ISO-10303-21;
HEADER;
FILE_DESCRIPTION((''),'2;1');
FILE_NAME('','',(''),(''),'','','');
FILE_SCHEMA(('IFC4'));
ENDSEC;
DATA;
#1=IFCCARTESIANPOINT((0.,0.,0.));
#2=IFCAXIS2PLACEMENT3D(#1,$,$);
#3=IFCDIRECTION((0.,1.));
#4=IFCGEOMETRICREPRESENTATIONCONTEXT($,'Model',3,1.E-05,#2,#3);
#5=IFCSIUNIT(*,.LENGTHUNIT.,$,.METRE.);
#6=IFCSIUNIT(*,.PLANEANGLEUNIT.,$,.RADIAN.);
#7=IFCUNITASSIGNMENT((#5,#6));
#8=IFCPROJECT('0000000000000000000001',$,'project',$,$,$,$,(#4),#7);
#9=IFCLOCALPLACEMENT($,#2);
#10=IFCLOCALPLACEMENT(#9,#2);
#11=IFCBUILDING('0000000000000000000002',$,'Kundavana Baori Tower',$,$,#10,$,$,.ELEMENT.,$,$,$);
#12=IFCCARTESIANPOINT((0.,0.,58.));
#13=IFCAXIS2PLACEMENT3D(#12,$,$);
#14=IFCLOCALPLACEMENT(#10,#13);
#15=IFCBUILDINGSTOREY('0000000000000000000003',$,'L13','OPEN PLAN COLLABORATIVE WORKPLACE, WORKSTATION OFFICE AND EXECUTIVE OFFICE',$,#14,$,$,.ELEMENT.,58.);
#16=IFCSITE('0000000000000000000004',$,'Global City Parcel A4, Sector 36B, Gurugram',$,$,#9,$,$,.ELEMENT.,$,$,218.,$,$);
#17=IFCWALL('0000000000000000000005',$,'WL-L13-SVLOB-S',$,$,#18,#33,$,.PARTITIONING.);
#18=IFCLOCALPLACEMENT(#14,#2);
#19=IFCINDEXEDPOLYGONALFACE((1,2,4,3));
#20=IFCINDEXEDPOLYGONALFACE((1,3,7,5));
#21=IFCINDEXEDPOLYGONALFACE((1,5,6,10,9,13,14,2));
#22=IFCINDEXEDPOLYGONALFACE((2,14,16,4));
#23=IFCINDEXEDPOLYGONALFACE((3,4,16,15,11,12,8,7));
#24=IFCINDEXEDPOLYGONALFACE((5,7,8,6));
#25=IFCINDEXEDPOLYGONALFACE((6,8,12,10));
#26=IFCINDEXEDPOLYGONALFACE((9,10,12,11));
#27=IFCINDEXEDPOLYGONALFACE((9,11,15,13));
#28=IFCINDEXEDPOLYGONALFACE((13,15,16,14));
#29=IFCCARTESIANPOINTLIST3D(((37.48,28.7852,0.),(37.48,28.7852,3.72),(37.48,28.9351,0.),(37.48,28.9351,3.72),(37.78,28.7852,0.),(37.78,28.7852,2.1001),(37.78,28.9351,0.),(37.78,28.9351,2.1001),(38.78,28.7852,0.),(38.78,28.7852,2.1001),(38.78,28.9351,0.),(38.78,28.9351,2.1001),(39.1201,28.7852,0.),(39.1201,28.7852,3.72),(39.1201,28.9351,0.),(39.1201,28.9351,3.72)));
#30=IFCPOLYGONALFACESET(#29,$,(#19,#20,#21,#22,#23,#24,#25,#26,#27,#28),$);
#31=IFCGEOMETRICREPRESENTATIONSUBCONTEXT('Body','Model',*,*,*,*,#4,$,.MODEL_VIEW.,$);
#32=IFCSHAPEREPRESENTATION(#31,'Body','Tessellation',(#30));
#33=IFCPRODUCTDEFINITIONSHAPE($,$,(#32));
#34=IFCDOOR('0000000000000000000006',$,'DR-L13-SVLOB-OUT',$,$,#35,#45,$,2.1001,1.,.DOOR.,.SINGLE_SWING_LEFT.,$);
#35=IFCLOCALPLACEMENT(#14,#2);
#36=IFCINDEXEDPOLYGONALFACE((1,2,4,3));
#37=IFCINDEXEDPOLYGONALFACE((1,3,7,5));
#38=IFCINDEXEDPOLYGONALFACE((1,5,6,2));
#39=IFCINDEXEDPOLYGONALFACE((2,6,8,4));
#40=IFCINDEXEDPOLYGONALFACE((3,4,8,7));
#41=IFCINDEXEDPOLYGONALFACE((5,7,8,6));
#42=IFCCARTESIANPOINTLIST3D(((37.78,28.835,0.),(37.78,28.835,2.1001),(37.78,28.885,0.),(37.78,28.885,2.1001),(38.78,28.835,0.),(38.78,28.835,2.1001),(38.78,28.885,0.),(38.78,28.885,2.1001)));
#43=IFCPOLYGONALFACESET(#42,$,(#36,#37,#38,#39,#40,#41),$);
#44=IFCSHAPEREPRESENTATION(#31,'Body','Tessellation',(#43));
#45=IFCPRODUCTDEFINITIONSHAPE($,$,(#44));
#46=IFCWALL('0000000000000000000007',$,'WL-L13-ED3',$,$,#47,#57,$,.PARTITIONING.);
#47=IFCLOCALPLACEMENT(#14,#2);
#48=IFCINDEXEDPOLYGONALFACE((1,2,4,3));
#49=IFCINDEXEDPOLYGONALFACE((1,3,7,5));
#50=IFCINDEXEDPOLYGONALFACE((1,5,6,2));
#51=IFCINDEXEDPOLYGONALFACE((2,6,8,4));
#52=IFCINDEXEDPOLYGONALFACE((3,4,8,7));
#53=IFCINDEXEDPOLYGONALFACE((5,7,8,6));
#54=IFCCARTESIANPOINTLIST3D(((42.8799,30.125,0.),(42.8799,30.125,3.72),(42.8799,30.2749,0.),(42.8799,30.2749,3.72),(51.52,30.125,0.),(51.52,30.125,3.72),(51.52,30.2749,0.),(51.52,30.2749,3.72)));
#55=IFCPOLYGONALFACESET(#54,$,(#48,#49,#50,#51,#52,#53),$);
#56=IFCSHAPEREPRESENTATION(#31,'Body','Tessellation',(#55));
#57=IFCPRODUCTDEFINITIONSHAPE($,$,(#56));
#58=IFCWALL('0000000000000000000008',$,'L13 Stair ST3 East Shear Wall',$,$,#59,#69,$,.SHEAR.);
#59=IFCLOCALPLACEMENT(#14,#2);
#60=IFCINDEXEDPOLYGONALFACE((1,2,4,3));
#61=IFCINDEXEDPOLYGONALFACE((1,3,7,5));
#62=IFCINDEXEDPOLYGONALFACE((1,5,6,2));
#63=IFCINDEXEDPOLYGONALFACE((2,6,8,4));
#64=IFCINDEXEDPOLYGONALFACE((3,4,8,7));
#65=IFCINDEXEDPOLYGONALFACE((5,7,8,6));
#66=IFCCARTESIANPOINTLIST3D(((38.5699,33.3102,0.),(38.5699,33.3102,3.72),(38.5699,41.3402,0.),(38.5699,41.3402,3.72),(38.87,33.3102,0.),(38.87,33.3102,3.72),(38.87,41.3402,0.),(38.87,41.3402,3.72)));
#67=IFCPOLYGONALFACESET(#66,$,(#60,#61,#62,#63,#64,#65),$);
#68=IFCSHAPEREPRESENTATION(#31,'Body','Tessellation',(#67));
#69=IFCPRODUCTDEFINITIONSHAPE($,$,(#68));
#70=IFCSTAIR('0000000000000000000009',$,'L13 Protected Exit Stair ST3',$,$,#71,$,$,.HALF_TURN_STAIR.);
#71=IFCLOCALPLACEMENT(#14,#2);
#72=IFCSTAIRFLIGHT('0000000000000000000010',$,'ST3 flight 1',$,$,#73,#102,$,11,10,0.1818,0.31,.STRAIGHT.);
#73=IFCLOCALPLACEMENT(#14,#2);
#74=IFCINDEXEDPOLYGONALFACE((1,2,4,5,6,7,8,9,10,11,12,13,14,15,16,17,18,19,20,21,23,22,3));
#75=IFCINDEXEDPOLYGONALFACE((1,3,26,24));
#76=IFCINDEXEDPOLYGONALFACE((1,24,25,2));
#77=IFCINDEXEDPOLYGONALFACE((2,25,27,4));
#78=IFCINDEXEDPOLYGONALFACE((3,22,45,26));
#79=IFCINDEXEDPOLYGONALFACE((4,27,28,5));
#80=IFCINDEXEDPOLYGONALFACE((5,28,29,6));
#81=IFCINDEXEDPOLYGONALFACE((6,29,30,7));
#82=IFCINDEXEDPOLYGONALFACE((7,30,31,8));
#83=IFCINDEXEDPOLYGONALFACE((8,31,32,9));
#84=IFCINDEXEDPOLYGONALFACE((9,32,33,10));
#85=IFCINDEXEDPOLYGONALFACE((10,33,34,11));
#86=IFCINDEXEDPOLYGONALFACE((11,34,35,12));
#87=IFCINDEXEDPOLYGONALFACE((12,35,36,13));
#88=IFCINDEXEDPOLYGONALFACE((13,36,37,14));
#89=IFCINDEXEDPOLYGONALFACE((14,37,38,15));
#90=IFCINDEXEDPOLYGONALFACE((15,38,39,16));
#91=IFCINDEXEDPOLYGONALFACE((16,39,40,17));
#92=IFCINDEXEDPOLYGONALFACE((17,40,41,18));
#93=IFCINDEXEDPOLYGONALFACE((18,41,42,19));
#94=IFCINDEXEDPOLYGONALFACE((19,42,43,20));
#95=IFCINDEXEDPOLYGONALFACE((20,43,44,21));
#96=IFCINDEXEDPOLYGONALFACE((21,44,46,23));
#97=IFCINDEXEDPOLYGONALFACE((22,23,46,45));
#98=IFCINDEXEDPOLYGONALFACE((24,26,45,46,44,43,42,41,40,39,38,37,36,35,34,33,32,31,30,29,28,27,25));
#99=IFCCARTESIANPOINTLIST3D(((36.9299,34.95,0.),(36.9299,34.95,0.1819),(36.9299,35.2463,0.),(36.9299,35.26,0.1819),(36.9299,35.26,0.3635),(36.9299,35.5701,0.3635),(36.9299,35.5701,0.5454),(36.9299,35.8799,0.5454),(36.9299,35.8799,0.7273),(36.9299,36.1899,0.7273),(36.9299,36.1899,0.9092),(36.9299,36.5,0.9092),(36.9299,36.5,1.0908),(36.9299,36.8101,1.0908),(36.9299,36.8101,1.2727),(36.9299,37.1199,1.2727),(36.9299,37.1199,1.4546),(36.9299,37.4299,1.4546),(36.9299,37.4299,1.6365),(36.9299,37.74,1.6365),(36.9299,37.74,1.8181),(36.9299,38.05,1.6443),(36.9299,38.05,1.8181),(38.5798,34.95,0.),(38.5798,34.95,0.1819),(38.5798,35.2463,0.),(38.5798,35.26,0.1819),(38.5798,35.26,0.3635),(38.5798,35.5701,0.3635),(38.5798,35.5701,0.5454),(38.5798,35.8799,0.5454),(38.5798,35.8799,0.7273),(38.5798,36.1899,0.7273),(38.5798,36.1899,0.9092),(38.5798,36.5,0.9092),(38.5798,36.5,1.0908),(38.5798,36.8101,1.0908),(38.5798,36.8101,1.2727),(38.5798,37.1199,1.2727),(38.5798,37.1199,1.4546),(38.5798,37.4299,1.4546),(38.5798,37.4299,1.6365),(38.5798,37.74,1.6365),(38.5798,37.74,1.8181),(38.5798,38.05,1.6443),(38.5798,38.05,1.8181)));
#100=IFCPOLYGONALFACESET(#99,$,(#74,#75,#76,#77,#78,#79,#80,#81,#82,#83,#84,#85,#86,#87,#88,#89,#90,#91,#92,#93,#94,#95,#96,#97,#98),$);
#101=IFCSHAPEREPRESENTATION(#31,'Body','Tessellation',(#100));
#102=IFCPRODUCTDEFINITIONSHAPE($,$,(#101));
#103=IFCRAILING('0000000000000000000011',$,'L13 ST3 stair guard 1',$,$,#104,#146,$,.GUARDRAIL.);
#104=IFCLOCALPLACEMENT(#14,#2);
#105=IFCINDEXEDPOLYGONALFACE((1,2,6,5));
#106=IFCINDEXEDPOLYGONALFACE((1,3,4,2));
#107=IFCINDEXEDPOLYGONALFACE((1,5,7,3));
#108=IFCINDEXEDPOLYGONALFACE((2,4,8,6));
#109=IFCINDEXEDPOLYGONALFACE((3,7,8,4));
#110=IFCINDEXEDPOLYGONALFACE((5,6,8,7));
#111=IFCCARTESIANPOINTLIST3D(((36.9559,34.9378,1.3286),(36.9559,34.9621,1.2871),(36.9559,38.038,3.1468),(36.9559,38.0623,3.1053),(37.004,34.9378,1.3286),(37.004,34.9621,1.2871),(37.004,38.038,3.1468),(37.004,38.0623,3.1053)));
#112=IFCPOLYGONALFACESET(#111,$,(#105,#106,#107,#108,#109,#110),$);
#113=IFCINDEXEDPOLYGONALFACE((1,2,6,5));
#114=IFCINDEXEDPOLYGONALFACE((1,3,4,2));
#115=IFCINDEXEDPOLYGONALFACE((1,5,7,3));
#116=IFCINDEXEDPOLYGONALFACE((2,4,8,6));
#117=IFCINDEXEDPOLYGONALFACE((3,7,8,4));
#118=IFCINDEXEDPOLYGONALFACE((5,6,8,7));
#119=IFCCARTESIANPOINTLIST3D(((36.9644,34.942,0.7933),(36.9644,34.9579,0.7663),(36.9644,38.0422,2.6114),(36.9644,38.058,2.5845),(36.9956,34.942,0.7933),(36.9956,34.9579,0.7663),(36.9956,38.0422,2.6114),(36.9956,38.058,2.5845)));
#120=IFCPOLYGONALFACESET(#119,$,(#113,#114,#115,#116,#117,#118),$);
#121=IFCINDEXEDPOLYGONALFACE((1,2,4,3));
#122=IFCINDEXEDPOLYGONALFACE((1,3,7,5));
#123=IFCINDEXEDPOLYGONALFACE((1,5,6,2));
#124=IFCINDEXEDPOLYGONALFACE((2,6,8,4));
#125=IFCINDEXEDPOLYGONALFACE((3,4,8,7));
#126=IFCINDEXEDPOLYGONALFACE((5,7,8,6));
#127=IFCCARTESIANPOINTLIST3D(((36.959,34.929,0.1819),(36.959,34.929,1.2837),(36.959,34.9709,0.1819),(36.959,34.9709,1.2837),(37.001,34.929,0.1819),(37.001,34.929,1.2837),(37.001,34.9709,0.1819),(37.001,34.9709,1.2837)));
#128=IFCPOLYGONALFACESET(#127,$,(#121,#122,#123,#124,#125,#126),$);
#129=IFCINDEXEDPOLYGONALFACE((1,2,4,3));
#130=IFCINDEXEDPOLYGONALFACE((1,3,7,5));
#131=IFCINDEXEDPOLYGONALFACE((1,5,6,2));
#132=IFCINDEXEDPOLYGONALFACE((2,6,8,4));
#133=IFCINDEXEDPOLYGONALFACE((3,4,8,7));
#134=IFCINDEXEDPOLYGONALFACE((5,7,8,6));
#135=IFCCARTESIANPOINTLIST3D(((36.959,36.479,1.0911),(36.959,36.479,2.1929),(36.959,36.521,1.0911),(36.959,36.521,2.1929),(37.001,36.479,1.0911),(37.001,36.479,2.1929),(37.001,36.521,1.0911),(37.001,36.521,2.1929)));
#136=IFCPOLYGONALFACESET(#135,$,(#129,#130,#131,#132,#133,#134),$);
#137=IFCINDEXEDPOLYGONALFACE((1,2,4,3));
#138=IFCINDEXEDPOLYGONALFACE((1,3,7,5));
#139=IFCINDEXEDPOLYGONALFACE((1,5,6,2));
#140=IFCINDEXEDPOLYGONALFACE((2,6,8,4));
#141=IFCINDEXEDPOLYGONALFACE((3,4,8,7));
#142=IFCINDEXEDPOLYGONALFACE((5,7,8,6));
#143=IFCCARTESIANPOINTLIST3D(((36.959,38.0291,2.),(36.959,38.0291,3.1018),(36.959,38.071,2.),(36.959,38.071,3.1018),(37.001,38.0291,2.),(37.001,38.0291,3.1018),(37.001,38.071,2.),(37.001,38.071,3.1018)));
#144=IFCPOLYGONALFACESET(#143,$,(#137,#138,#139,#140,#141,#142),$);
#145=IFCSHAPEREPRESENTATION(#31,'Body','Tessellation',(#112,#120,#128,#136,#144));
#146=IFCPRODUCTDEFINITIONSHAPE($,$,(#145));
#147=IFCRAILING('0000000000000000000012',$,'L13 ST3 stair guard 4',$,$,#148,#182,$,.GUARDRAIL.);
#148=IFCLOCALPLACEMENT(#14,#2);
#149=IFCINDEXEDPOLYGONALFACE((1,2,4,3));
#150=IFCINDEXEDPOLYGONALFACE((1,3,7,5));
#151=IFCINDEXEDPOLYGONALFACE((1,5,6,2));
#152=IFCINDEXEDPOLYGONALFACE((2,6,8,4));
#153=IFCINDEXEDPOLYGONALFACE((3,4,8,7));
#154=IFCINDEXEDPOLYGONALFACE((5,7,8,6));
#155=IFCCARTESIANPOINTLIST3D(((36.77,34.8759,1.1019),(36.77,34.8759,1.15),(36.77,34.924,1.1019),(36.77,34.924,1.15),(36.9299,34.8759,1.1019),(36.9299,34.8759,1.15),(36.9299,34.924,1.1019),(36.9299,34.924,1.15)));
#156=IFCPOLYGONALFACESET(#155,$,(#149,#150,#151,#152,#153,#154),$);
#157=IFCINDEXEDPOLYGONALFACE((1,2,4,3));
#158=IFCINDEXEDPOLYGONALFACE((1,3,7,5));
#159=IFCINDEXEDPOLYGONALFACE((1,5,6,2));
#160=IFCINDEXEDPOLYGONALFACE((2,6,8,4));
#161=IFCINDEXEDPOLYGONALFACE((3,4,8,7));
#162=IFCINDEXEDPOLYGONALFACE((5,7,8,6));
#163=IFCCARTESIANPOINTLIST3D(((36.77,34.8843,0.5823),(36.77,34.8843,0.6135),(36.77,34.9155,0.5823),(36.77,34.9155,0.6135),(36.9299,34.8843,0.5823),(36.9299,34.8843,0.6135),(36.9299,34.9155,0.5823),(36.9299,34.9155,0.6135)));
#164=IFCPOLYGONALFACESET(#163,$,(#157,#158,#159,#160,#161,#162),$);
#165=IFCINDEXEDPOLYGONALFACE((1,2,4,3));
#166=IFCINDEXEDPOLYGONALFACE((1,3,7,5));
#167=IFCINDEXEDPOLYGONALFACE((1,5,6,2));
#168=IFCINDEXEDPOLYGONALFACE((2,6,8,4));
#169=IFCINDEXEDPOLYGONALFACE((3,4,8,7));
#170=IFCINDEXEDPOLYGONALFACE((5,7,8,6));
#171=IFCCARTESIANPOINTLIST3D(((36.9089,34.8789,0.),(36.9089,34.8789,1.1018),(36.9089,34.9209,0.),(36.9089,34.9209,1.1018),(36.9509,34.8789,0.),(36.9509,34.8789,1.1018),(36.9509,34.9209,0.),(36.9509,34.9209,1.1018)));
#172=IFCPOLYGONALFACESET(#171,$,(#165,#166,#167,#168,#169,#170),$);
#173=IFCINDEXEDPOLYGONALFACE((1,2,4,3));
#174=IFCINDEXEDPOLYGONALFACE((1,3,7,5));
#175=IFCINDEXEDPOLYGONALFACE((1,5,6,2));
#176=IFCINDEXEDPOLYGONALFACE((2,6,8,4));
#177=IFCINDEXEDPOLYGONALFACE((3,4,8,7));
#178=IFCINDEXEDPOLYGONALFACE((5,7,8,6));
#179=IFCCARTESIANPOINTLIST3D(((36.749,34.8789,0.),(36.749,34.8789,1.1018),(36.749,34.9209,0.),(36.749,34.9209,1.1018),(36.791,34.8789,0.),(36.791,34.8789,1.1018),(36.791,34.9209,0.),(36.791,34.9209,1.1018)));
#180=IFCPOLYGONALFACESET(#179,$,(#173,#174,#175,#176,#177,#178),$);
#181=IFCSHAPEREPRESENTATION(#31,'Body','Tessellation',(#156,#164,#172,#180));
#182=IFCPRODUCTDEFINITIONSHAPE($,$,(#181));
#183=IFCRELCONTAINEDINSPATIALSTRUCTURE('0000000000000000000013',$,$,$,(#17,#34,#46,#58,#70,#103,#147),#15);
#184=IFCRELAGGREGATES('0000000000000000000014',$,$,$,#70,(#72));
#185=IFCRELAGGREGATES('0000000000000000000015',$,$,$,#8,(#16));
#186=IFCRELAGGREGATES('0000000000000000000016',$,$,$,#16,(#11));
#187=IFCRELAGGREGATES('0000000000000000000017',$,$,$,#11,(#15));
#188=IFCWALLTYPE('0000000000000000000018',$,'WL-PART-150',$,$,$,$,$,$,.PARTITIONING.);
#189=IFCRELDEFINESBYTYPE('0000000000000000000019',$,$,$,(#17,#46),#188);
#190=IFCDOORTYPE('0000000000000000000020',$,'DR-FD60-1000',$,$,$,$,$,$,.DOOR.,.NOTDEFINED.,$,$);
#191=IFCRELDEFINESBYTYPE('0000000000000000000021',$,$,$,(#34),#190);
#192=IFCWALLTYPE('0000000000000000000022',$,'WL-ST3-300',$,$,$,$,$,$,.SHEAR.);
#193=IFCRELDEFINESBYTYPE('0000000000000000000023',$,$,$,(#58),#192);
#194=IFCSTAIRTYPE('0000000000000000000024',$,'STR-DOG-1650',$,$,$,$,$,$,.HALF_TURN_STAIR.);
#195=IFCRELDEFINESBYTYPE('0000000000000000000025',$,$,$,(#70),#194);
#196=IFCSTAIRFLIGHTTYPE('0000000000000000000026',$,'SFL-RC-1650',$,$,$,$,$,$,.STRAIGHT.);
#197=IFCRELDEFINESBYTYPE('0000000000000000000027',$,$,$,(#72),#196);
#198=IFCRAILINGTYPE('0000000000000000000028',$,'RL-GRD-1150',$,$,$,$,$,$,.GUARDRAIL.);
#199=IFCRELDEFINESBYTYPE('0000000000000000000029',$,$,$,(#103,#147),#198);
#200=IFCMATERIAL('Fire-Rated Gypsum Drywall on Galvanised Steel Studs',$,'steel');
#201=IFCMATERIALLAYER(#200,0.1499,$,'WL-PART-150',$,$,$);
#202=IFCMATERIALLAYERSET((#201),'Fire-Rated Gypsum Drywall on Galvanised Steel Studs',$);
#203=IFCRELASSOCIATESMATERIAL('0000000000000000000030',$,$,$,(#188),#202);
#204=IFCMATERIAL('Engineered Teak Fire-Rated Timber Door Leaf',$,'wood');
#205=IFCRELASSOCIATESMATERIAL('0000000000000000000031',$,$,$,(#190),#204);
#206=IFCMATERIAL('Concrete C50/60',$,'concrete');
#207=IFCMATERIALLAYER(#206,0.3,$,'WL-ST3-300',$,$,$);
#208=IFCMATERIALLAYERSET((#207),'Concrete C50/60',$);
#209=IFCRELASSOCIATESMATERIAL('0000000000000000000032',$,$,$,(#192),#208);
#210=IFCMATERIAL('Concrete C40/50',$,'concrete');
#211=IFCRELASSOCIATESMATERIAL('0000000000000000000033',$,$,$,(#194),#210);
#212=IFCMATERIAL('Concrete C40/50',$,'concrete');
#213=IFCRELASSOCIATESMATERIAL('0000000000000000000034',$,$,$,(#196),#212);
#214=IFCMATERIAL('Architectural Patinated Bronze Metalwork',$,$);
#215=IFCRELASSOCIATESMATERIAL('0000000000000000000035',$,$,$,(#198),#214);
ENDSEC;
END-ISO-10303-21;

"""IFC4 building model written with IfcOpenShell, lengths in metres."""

from ifc_helpers import new_model, si_unit, direction, frame, frame_2d, origin, origin_2d, place, context, subcontext, project, spatial, polyline, rectangle, outline, extrude, material, layer, layer_set, type_object, element, fill, aggregate, save


model = new_model("IFC4")

# Units and contexts
model_context = context("Model", 3, precision=1e-05, world=origin(), true_north=direction((0.0, 1.0)))
body_context = subcontext(model_context, "Body", "Model", "MODEL_VIEW")
ifc_project = project(units=[si_unit("LENGTHUNIT", "METRE"), si_unit("PLANEANGLEUNIT", "RADIAN")], contexts=[model_context])

# Site, building, storey
site_placement = place(None, origin())
site = spatial("IfcSite", under=ifc_project, at=site_placement, Name="Global City Parcel A4, Sector 36B, Gurugram", CompositionType="ELEMENT", RefElevation=218.0)
building_placement = place(site_placement, origin())
building = spatial("IfcBuilding", under=site, at=building_placement, Name="Kundavana Baori Tower", CompositionType="ELEMENT")
storey_placement = place(building_placement, frame((0.0, 0.0, 58.0)))
storey = spatial("IfcBuildingStorey", under=building, at=storey_placement, Name="L13", Description="OPEN PLAN COLLABORATIVE WORKPLACE, WORKSTATION OFFICE AND EXECUTIVE OFFICE", CompositionType="ELEMENT", Elevation=58.0)

# Shared definitions
ifc_material_1 = material(Name="Fire-Rated Gypsum Drywall on Galvanised Steel Studs", Category="steel")
ifc_layer_1 = layer(ifc_material_1, 0.1499, Name="WL-PART-150")
ifc_layer_set_1 = layer_set([ifc_layer_1], Name="Fire-Rated Gypsum Drywall on Galvanised Steel Studs")
wall_type_1 = type_object("IfcWallType", Name="WL-PART-150", PredefinedType="PARTITIONING", material=ifc_layer_set_1)

# Wall, opening, door
wall_1_placement = place(storey_placement, frame((37.48, 28.8601, 0.0), z_axis=(0.0, 0.0, 1.0), x_axis=(1.0, 0.0, 0.0)))
wall_1 = element("IfcWall", 1, at=wall_1_placement, inside=storey, type_object=wall_type_1, Name="WL-L13-SVLOB-S", PredefinedType="PARTITIONING", context=body_context, shape_type="SweptSolid", body=[
    extrude(rectangle(XDim=1.6401, YDim=0.1499, at=frame_2d((0.8201, 0.0))), origin(), (0.0, 0.0, 1.0), 3.72),
])
opening_1_placement = place(wall_1_placement, frame((0.3, 0.0, 0.0)))
opening_1 = element("IfcOpeningElement", 2, at=opening_1_placement, cuts=wall_1, PredefinedType="OPENING", context=body_context, shape_type="SweptSolid", body=[
    extrude(rectangle(XDim=1.0, YDim=2.1001, at=frame_2d((0.5, 1.05))), frame((0.0, 0.085, 0.0), z_axis=(0.0, -1.0, 0.0), x_axis=(1.0, 0.0, 0.0)), (0.0, 0.0, 1.0), 0.1699),
])
ifc_material_2 = material(Name="Engineered Teak Fire-Rated Timber Door Leaf", Category="wood")
door_type_1 = type_object("IfcDoorType", Name="DR-FD60-1000", OperationType="NOTDEFINED", PredefinedType="DOOR", material=ifc_material_2)
door_1_placement = place(opening_1_placement, origin())
door_1 = element("IfcDoor", 3, at=door_1_placement, inside=storey, type_object=door_type_1, Name="DR-L13-SVLOB-OUT", OperationType="SINGLE_SWING_LEFT", OverallHeight=2.1001, OverallWidth=1.0, PredefinedType="DOOR", context=body_context, shape_type="SweptSolid", body=[
    extrude(rectangle(XDim=1.0, YDim=2.1001, at=frame_2d((0.5, 1.05))), frame((0.0, 0.0249, 0.0), z_axis=(0.0, -1.0, 0.0), x_axis=(1.0, 0.0, 0.0)), (0.0, 0.0, 1.0), 0.05),
])
fill(opening_1, door_1)

# Wall
wall_2_placement = place(storey_placement, frame((42.8799, 30.2, 0.0), z_axis=(0.0, 0.0, 1.0), x_axis=(1.0, 0.0, 0.0)))
element("IfcWall", 4, at=wall_2_placement, inside=storey, type_object=wall_type_1, Name="WL-L13-ED3", PredefinedType="PARTITIONING", context=body_context, shape_type="SweptSolid", body=[
    extrude(rectangle(XDim=8.6401, YDim=0.1499, at=frame_2d((4.3201, 0.0))), origin(), (0.0, 0.0, 1.0), 3.72),
])

# Wall
ifc_material_3 = material(Name="Concrete C50/60", Category="concrete")
ifc_layer_2 = layer(ifc_material_3, 0.3, Name="WL-ST3-300")
ifc_layer_set_2 = layer_set([ifc_layer_2], Name="Concrete C50/60")
wall_type_2 = type_object("IfcWallType", Name="WL-ST3-300", PredefinedType="SHEAR", material=ifc_layer_set_2)
wall_3_placement = place(storey_placement, frame((38.72, 33.3101, 0.0), z_axis=(0.0, 0.0, 1.0), x_axis=(0.0, 1.0, 0.0)))
element("IfcWall", 5, at=wall_3_placement, inside=storey, type_object=wall_type_2, Name="L13 Stair ST3 East Shear Wall", PredefinedType="SHEAR", context=body_context, shape_type="SweptSolid", body=[
    extrude(rectangle(XDim=8.03, YDim=0.3, at=frame_2d((4.0151, 0.0))), origin(), (0.0, 0.0, 1.0), 3.72),
])

# Stair, stair flight
ifc_material_4 = material(Name="Concrete C40/50", Category="concrete")
stair_type = type_object("IfcStairType", Name="STR-DOG-1650", PredefinedType="HALF_TURN_STAIR", material=ifc_material_4)
stair_placement = place(storey_placement, origin())
stair = element("IfcStair", 6, at=stair_placement, inside=storey, type_object=stair_type, Name="L13 Protected Exit Stair ST3", PredefinedType="HALF_TURN_STAIR")
ifc_material_5 = material(Name="Concrete C40/50", Category="concrete")
stair_flight_type = type_object("IfcStairFlightType", Name="SFL-RC-1650", PredefinedType="STRAIGHT", material=ifc_material_5)
stair_flight_placement = place(storey_placement, frame((37.7549, 34.95, 0.0), z_axis=(0.0, 0.0, 1.0), x_axis=(0.0, 1.0, 0.0)))
stair_flight = element("IfcStairFlight", 7, at=stair_flight_placement, type_object=stair_flight_type, Name="ST3 flight 1", NumberOfRisers=11, NumberOfTreads=10, PredefinedType="STRAIGHT", RiserHeight=0.1818, TreadLength=0.31, context=body_context, shape_type="SweptSolid", body=[
    extrude(outline(polyline([(0.0, 0.0), (0.0, 0.1819), (0.3101, 0.1819), (0.3101, 0.3635), (0.6201, 0.3635), (0.6201, 0.5454), (0.9299, 0.5454), (0.9299, 0.7273), (1.24, 0.7273), (1.24, 0.9092), (1.55, 0.9092), (1.55, 1.0908), (1.8601, 1.0908), (1.8601, 1.2727), (2.1699, 1.2727), (2.1699, 1.4546), (2.48, 1.4546), (2.48, 1.6365), (2.79, 1.6365), (2.79, 1.8181), (3.1001, 1.8181), (3.1001, 2.0), (3.1001, 1.6443), (0.2964, 0.0), (0.0, 0.0)])), frame((0.0, 0.825, 0.0), z_axis=(0.0, -1.0, 0.0), x_axis=(1.0, 0.0, 0.0)), (0.0, 0.0, 1.0), 1.6499),
])
aggregate(stair, [stair_flight])

# Railings
ifc_material_6 = material(Name="Architectural Patinated Bronze Metalwork")
railing_type_1 = type_object("IfcRailingType", Name="RL-GRD-1150", PredefinedType="GUARDRAIL", material=ifc_material_6)
railing_1_placement = place(storey_placement, frame((36.98, 34.95, 0.1819)))
element("IfcRailing", 8, at=railing_1_placement, inside=storey, type_object=railing_type_1, Name="L13 ST3 stair guard 1", PredefinedType="GUARDRAIL", context=body_context, shape_type="SweptSolid", body=[
    extrude(rectangle(XDim=0.0481, YDim=0.0481, at=origin_2d()), frame((0.0, 0.0, 1.126), z_axis=(0.0, 0.862599, 0.505889), x_axis=(-1.0, 0.0, 0.0)), (0.0, 0.0, 1.0), 3.594),
    extrude(rectangle(XDim=0.0312, YDim=0.0312, at=origin_2d()), frame((0.0, 0.0, 0.5979), z_axis=(0.0, 0.862599, 0.505889), x_axis=(-1.0, 0.0, 0.0)), (0.0, 0.0, 1.0), 3.594),
    extrude(rectangle(XDim=0.042, YDim=0.042, at=origin_2d()), origin(), (0.0, 0.0, 1.0), 1.1018),
    extrude(rectangle(XDim=0.042, YDim=0.042, at=origin_2d()), frame((0.0, 1.55, 0.9092)), (0.0, 0.0, 1.0), 1.1018),
    extrude(rectangle(XDim=0.042, YDim=0.042, at=origin_2d()), frame((0.0, 3.1001, 1.8181)), (0.0, 0.0, 1.0), 1.1018),
])
railing_2_placement = place(storey_placement, frame((36.9299, 34.8999, 0.0)))
element("IfcRailing", 9, at=railing_2_placement, inside=storey, type_object=railing_type_1, Name="L13 ST3 stair guard 4", PredefinedType="GUARDRAIL", context=body_context, shape_type="SweptSolid", body=[
    extrude(rectangle(XDim=0.0481, YDim=0.0481, at=origin_2d()), frame((0.0, 0.0, 1.126), z_axis=(-1.0, 0.0, 0.0), x_axis=(0.0, -1.0, 0.0)), (0.0, 0.0, 1.0), 0.1599),
    extrude(rectangle(XDim=0.0312, YDim=0.0312, at=origin_2d()), frame((0.0, 0.0, 0.5979), z_axis=(-1.0, 0.0, 0.0), x_axis=(0.0, -1.0, 0.0)), (0.0, 0.0, 1.0), 0.1599),
    extrude(rectangle(XDim=0.042, YDim=0.042, at=origin_2d()), origin(), (0.0, 0.0, 1.0), 1.1018),
    extrude(rectangle(XDim=0.042, YDim=0.042, at=origin_2d()), frame((-0.1599, 0.0, 0.0)), (0.0, 0.0, 1.0), 1.1018),
])

save(model, "model.ifc")
